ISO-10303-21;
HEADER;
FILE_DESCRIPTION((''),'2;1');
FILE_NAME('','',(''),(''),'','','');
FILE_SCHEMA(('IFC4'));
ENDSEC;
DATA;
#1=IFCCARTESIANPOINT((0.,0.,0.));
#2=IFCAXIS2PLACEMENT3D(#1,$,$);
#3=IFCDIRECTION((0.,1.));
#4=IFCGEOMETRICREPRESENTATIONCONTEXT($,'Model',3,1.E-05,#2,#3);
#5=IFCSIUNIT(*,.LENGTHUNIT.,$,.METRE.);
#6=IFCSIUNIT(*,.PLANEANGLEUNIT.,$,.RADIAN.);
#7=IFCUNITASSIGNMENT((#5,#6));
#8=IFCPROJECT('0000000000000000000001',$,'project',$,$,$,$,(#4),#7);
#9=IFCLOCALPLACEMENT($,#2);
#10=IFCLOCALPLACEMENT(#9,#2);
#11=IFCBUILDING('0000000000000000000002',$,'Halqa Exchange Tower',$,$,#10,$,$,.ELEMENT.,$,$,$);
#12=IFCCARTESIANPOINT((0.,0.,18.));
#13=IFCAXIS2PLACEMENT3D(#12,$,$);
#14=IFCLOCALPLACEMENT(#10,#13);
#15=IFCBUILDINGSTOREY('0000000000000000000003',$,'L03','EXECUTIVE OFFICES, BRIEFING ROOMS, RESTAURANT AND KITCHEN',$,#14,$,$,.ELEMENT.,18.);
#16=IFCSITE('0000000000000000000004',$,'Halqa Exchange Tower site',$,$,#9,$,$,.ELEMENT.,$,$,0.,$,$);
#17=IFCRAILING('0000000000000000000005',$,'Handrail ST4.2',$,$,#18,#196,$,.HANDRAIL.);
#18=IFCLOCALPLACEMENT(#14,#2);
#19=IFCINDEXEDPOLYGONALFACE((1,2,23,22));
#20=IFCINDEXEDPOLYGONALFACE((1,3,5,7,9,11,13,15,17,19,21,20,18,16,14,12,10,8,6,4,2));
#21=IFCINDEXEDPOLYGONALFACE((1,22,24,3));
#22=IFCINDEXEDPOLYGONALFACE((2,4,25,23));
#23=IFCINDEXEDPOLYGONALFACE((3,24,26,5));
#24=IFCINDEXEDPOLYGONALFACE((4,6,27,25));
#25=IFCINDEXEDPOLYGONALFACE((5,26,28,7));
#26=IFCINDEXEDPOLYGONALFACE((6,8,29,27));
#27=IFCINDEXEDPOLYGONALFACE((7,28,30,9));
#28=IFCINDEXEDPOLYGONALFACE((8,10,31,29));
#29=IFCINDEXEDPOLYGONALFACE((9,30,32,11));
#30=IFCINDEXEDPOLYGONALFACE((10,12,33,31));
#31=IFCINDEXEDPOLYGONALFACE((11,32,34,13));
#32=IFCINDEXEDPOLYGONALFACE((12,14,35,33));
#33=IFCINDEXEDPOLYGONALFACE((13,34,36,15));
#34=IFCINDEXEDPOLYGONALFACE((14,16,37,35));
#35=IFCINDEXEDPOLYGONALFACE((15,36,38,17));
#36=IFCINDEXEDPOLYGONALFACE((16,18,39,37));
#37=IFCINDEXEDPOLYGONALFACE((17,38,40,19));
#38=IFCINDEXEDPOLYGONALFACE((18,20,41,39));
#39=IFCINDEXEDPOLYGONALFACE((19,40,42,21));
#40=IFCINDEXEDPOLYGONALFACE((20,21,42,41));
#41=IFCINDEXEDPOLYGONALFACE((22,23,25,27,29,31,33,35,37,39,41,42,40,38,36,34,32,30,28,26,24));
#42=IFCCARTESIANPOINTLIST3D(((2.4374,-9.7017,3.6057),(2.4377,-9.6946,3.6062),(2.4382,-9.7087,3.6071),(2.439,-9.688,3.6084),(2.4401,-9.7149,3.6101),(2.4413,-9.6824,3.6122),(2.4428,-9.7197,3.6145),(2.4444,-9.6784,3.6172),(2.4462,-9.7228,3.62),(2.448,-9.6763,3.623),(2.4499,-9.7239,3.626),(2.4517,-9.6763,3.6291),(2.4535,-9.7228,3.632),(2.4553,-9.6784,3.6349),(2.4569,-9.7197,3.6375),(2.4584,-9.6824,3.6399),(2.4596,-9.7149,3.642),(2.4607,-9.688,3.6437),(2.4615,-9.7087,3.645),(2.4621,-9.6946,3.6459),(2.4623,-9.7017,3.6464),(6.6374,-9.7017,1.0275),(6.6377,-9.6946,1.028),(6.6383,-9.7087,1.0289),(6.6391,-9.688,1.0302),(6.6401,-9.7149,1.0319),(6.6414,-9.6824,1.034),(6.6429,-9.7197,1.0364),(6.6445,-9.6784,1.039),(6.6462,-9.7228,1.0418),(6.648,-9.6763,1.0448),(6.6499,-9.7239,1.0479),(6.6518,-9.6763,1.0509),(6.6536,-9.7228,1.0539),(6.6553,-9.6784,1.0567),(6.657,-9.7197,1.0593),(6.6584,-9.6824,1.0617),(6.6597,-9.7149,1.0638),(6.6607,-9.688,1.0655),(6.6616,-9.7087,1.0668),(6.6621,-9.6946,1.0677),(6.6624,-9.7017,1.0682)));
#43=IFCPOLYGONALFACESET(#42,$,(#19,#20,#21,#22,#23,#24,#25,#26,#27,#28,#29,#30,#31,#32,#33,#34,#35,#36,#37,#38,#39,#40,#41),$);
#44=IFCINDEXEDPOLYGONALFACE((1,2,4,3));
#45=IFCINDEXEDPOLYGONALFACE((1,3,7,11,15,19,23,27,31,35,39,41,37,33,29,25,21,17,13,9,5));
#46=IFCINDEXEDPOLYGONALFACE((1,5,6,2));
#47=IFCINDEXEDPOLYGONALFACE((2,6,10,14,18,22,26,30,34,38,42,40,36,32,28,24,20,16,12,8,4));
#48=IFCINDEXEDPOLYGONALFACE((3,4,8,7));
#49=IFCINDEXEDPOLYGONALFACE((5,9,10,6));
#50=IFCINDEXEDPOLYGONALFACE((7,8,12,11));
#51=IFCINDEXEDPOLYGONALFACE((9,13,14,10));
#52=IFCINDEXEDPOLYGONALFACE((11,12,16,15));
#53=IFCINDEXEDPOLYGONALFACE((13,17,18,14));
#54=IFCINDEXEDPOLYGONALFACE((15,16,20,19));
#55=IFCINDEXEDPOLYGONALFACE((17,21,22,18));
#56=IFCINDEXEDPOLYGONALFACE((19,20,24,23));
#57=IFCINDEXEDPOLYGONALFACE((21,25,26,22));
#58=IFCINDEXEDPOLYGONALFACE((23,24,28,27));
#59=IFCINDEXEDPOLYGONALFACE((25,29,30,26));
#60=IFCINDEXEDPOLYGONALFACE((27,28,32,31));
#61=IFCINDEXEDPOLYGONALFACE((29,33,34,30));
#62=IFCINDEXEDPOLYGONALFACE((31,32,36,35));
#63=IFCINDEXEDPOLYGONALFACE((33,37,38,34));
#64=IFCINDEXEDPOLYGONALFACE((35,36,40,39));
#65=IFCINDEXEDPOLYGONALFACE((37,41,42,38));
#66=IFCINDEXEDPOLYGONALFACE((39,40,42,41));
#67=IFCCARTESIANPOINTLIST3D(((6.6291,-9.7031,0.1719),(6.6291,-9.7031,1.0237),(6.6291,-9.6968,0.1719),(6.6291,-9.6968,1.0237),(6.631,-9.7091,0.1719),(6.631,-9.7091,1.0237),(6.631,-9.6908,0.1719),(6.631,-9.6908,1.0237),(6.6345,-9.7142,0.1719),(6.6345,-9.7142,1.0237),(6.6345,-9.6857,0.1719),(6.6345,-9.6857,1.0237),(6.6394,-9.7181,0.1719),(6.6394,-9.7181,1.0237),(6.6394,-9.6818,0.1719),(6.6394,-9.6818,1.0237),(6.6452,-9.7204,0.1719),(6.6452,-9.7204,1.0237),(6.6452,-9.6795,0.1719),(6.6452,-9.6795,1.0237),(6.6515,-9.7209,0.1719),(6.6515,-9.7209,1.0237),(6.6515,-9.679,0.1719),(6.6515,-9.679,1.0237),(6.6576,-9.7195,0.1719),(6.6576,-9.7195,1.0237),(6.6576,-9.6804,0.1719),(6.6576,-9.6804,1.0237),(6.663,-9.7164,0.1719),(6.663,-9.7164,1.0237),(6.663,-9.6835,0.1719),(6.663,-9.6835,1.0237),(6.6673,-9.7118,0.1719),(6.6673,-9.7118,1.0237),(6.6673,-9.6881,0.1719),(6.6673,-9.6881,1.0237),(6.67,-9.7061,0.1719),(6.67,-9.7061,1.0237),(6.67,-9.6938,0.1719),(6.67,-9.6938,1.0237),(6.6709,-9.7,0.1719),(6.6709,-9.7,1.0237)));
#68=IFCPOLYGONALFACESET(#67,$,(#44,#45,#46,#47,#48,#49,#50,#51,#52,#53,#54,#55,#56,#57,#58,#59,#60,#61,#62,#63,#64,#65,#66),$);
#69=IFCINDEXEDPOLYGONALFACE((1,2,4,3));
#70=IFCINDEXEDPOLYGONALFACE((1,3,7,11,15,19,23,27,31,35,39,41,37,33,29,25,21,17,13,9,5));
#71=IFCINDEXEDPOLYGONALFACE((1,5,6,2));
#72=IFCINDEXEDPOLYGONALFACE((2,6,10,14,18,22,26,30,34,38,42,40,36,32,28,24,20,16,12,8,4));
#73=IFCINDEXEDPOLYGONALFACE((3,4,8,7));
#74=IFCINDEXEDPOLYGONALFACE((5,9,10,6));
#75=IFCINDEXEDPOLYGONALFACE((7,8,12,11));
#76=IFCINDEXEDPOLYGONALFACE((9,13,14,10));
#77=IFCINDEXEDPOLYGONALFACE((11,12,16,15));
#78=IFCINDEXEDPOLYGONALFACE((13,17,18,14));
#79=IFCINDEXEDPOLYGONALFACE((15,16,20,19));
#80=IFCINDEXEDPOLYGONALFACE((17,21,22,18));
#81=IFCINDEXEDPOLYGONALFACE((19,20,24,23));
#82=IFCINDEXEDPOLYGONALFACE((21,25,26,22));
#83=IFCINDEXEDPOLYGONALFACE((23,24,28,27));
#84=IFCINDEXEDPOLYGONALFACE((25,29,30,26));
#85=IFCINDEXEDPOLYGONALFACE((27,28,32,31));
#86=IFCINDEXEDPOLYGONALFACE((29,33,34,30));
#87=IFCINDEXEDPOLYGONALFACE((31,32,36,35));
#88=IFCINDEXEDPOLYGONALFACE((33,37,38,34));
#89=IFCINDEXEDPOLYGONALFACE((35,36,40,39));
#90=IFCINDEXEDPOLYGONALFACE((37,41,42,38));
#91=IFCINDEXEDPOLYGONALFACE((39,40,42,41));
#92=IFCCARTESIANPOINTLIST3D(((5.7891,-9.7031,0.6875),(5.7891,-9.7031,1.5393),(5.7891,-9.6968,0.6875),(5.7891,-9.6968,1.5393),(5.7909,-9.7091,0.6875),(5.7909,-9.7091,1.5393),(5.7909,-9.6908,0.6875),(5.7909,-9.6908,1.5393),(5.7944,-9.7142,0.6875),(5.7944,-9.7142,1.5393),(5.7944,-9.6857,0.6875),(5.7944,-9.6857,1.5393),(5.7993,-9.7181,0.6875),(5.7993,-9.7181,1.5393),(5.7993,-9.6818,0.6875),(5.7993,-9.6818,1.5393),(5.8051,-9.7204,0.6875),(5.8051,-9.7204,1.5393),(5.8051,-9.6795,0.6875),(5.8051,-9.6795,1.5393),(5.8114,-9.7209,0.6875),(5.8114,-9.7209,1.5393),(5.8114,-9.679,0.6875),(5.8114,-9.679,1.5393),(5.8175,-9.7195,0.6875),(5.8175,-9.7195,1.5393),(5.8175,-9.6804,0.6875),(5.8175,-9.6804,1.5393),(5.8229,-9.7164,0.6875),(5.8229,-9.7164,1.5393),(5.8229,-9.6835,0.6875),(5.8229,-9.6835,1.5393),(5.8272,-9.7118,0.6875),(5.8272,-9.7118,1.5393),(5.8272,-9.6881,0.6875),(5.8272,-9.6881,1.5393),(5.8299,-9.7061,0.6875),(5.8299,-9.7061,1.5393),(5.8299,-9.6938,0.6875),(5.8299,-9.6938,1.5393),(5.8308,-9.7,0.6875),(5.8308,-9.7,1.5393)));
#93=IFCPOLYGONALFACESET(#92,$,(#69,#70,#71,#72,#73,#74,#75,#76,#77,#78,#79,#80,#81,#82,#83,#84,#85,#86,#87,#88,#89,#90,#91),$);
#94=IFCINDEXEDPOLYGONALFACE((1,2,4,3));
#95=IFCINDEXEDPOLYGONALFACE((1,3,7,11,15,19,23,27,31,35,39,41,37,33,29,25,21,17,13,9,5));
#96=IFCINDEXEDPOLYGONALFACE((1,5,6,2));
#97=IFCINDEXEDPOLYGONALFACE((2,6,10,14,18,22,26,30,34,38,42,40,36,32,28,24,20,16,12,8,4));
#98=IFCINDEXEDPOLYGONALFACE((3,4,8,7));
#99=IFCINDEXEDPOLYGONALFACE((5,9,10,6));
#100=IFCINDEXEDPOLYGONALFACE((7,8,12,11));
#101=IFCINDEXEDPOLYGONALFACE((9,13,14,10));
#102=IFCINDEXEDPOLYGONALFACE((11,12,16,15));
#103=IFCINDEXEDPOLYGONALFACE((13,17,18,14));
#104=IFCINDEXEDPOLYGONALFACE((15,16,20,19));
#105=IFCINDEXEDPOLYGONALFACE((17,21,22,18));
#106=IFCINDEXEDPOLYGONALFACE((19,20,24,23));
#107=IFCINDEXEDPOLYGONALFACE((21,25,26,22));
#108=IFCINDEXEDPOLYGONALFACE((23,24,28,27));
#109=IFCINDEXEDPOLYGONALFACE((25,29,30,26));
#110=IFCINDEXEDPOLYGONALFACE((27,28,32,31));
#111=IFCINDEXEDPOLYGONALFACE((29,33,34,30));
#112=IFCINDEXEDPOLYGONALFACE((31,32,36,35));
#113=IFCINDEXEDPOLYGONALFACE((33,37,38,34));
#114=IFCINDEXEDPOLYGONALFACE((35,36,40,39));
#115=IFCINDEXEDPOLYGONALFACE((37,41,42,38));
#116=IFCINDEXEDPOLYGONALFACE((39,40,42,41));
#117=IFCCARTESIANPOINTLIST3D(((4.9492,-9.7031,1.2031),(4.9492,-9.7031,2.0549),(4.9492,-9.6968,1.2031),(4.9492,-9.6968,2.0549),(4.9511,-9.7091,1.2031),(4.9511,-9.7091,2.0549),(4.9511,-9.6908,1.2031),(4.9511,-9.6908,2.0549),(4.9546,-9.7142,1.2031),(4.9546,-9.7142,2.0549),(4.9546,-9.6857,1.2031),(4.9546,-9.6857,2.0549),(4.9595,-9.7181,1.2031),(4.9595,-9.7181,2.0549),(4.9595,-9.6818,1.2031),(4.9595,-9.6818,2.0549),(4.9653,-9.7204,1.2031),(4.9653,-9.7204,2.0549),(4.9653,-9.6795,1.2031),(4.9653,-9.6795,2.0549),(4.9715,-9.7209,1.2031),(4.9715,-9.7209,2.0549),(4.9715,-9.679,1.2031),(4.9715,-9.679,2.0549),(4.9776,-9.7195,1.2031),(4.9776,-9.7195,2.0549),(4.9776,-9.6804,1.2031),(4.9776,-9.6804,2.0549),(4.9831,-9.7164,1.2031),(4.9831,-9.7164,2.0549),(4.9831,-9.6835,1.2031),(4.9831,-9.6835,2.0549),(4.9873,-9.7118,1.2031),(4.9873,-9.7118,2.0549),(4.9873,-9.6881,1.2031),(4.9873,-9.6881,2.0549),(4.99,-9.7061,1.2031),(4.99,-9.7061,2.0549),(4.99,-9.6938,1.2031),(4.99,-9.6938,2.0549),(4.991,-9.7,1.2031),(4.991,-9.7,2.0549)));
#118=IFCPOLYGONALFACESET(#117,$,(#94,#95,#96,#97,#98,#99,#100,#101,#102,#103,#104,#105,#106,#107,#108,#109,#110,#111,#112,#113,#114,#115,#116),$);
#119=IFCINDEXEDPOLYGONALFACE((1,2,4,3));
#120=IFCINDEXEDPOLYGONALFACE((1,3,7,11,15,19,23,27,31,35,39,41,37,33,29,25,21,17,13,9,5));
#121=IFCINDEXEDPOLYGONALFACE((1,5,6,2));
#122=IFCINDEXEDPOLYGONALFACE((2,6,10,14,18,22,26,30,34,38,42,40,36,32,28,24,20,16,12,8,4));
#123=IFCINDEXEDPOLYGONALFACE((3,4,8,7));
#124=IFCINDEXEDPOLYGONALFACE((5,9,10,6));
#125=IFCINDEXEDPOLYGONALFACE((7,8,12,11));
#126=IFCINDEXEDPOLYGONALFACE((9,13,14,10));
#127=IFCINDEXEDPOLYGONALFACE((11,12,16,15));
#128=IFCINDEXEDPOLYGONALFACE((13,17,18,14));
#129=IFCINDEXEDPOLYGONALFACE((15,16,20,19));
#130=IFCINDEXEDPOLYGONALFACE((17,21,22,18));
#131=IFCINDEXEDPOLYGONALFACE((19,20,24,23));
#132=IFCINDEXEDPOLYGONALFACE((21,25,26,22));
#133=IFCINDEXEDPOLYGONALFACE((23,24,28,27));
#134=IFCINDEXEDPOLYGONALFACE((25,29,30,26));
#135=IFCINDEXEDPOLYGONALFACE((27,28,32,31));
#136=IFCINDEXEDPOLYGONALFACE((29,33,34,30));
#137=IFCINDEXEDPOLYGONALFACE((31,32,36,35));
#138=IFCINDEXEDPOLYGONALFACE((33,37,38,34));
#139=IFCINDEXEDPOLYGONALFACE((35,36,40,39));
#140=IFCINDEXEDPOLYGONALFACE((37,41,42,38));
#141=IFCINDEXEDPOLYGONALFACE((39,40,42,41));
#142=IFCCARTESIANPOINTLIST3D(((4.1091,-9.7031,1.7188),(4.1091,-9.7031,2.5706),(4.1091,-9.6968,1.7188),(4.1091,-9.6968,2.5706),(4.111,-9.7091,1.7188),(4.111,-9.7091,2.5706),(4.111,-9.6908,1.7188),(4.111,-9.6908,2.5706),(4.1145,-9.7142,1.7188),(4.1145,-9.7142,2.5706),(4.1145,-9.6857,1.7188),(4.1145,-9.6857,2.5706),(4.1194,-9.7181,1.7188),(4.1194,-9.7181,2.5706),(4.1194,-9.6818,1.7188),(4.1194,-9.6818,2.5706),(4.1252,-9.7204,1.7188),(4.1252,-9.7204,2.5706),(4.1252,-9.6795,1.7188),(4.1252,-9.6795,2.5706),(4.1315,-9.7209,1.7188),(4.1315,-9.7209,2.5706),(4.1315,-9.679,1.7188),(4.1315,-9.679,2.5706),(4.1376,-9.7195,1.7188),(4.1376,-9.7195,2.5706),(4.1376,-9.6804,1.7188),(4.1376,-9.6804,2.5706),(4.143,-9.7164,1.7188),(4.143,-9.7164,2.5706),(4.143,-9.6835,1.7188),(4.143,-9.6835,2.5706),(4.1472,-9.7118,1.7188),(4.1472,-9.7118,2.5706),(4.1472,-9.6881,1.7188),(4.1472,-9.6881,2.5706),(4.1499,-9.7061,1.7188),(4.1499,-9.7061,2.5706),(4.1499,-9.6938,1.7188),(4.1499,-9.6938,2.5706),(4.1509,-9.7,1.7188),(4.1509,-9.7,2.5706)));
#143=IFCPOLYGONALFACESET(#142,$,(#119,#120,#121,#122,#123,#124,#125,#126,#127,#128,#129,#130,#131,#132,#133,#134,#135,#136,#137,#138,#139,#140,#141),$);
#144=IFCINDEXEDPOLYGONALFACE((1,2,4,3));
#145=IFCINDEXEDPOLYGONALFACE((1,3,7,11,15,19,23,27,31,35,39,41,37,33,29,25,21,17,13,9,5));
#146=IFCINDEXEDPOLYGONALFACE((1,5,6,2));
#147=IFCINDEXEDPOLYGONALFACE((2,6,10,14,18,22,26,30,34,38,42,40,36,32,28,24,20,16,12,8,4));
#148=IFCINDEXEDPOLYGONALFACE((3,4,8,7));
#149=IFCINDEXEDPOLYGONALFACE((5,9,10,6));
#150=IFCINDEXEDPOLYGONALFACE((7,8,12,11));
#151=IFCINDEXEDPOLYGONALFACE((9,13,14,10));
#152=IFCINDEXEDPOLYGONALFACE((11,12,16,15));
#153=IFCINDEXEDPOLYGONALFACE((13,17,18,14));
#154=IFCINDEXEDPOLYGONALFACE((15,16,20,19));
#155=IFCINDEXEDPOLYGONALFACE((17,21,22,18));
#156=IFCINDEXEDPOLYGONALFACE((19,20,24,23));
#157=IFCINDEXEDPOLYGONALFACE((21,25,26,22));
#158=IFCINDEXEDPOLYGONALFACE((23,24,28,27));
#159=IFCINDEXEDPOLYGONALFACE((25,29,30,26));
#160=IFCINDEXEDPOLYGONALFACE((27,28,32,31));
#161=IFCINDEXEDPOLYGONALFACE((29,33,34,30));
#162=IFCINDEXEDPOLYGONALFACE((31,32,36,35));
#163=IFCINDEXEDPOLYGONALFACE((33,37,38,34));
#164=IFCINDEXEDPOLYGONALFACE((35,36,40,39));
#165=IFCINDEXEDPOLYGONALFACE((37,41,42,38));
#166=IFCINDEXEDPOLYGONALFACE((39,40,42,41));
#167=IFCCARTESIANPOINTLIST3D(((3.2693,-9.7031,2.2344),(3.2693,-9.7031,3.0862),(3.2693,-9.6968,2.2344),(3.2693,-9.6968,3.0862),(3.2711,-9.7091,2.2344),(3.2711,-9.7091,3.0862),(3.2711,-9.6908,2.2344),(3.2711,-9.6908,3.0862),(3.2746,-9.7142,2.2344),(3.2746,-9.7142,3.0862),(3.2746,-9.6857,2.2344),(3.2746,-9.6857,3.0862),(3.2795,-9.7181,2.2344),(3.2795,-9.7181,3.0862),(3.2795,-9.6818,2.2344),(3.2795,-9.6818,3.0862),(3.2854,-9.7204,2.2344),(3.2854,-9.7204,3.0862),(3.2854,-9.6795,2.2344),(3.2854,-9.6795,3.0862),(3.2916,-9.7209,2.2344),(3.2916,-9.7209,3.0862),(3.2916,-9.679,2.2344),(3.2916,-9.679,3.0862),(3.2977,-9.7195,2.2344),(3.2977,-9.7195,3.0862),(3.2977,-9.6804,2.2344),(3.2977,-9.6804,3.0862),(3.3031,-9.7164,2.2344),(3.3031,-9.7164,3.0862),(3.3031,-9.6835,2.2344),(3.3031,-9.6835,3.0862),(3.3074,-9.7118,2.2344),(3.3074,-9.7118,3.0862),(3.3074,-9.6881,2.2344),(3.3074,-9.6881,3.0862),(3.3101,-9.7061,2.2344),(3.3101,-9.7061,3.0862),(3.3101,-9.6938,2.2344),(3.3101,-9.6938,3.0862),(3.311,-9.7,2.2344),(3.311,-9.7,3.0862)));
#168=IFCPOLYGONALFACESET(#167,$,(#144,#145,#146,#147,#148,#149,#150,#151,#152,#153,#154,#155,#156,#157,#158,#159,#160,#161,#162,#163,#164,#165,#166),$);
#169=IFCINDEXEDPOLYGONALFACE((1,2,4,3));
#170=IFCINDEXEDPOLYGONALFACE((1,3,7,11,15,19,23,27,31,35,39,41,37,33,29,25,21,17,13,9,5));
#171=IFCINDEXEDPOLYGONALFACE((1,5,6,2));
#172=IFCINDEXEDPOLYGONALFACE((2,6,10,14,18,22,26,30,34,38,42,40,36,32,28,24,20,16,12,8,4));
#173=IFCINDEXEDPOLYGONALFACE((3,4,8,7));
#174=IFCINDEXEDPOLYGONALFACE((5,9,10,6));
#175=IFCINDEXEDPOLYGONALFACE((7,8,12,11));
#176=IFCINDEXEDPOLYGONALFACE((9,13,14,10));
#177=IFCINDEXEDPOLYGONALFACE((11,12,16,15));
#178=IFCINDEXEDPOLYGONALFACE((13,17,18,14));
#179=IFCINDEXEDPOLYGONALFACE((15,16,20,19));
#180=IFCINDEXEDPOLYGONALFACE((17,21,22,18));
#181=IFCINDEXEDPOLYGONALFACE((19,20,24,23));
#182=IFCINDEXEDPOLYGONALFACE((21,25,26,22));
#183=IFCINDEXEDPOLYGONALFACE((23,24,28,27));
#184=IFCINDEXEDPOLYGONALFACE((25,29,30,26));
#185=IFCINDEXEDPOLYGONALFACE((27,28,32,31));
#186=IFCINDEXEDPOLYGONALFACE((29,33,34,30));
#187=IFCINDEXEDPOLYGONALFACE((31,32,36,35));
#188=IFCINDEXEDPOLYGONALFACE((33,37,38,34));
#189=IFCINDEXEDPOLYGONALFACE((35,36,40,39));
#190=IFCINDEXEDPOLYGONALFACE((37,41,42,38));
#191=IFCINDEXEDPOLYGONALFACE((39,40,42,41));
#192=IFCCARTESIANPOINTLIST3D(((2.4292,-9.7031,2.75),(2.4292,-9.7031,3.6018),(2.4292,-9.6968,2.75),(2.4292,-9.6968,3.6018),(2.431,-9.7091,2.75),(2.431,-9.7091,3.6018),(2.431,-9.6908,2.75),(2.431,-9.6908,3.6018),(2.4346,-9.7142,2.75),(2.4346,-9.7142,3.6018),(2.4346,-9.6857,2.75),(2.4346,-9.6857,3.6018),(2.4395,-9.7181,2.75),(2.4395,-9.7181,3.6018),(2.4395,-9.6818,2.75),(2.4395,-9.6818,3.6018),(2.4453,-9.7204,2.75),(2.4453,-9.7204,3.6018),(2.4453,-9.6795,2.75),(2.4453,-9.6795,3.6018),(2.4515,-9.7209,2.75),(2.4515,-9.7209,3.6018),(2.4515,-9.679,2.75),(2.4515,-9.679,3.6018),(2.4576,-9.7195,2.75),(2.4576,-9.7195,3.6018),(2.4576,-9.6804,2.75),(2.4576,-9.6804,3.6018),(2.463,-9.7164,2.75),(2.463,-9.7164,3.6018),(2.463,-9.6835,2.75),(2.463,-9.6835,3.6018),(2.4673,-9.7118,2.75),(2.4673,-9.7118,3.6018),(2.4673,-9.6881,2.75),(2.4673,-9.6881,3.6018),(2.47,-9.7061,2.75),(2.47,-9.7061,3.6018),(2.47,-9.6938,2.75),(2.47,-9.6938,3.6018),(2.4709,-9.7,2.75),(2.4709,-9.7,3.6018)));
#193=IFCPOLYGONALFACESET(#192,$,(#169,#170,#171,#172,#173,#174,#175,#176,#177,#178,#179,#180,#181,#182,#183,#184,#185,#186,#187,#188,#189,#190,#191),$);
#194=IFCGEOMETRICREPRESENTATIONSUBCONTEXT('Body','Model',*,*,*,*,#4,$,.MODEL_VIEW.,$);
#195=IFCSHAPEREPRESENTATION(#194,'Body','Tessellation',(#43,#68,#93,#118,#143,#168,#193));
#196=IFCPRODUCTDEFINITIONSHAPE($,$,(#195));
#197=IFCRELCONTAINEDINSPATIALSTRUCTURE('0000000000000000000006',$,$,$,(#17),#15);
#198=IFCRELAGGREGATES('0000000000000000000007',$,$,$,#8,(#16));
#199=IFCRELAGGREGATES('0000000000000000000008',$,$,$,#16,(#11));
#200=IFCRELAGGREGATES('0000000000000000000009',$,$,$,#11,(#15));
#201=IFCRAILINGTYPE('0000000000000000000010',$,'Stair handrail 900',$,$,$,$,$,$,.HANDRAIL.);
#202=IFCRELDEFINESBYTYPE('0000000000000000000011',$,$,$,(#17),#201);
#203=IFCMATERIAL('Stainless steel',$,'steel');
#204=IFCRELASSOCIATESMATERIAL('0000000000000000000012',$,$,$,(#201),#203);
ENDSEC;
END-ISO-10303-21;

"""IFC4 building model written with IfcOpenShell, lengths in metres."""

from ifc_helpers import new_model, si_unit, direction, frame, origin, origin_2d, place, context, subcontext, project, spatial, circle, extrude, material, type_object, element, save


model = new_model("IFC4")

# Units and contexts
model_context = context("Model", 3, precision=1e-05, world=origin(), true_north=direction((0.0, 1.0)))
body_context = subcontext(model_context, "Body", "Model", "MODEL_VIEW")
ifc_project = project(units=[si_unit("LENGTHUNIT", "METRE"), si_unit("PLANEANGLEUNIT", "RADIAN")], contexts=[model_context])

# Site, building, storey
site_placement = place(None, origin())
site = spatial("IfcSite", under=ifc_project, at=site_placement, Name="Halqa Exchange Tower site", CompositionType="ELEMENT", RefElevation=0.0)
building_placement = place(site_placement, origin())
building = spatial("IfcBuilding", under=site, at=building_placement, Name="Halqa Exchange Tower", CompositionType="ELEMENT")
storey_placement = place(building_placement, frame((0.0, 0.0, 18.0)))
storey = spatial("IfcBuildingStorey", under=building, at=storey_placement, Name="L03", Description="EXECUTIVE OFFICES, BRIEFING ROOMS, RESTAURANT AND KITCHEN", CompositionType="ELEMENT", Elevation=18.0)

# Railing
ifc_material_1 = material(Name="Stainless steel", Category="steel")
railing_type_1 = type_object("IfcRailingType", Name="Stair handrail 900", PredefinedType="HANDRAIL", material=ifc_material_1)
railing_1_placement = place(storey_placement, frame((6.6499, -9.7, 0.1719)))
element("IfcRailing", 1, at=railing_1_placement, inside=storey, type_object=railing_type_1, Name="Handrail ST4.2", PredefinedType="HANDRAIL", context=body_context, shape_type="SweptSolid", body=[
    extrude(circle(Radius=0.0239, at=origin_2d()), frame((0.0, 0.0, 0.876), z_axis=(-0.852243, 0.0, 0.523146), x_axis=(0.0, -1.0, 0.0)), (0.0, 0.0, 1.0), 4.9282),
    extrude(circle(Radius=0.021, at=origin_2d()), origin(), (0.0, 0.0, 1.0), 0.8518),
    extrude(circle(Radius=0.021, at=origin_2d()), frame((-0.8401, 0.0, 0.5156)), (0.0, 0.0, 1.0), 0.8518),
    extrude(circle(Radius=0.021, at=origin_2d()), frame((-1.6799, 0.0, 1.0312)), (0.0, 0.0, 1.0), 0.8518),
    extrude(circle(Radius=0.021, at=origin_2d()), frame((-2.52, 0.0, 1.5469)), (0.0, 0.0, 1.0), 0.8518),
    extrude(circle(Radius=0.021, at=origin_2d()), frame((-3.3599, 0.0, 2.0625)), (0.0, 0.0, 1.0), 0.8518),
    extrude(circle(Radius=0.021, at=origin_2d()), frame((-4.2, 0.0, 2.5781)), (0.0, 0.0, 1.0), 0.8518),
])

save(model, "model.ifc")
